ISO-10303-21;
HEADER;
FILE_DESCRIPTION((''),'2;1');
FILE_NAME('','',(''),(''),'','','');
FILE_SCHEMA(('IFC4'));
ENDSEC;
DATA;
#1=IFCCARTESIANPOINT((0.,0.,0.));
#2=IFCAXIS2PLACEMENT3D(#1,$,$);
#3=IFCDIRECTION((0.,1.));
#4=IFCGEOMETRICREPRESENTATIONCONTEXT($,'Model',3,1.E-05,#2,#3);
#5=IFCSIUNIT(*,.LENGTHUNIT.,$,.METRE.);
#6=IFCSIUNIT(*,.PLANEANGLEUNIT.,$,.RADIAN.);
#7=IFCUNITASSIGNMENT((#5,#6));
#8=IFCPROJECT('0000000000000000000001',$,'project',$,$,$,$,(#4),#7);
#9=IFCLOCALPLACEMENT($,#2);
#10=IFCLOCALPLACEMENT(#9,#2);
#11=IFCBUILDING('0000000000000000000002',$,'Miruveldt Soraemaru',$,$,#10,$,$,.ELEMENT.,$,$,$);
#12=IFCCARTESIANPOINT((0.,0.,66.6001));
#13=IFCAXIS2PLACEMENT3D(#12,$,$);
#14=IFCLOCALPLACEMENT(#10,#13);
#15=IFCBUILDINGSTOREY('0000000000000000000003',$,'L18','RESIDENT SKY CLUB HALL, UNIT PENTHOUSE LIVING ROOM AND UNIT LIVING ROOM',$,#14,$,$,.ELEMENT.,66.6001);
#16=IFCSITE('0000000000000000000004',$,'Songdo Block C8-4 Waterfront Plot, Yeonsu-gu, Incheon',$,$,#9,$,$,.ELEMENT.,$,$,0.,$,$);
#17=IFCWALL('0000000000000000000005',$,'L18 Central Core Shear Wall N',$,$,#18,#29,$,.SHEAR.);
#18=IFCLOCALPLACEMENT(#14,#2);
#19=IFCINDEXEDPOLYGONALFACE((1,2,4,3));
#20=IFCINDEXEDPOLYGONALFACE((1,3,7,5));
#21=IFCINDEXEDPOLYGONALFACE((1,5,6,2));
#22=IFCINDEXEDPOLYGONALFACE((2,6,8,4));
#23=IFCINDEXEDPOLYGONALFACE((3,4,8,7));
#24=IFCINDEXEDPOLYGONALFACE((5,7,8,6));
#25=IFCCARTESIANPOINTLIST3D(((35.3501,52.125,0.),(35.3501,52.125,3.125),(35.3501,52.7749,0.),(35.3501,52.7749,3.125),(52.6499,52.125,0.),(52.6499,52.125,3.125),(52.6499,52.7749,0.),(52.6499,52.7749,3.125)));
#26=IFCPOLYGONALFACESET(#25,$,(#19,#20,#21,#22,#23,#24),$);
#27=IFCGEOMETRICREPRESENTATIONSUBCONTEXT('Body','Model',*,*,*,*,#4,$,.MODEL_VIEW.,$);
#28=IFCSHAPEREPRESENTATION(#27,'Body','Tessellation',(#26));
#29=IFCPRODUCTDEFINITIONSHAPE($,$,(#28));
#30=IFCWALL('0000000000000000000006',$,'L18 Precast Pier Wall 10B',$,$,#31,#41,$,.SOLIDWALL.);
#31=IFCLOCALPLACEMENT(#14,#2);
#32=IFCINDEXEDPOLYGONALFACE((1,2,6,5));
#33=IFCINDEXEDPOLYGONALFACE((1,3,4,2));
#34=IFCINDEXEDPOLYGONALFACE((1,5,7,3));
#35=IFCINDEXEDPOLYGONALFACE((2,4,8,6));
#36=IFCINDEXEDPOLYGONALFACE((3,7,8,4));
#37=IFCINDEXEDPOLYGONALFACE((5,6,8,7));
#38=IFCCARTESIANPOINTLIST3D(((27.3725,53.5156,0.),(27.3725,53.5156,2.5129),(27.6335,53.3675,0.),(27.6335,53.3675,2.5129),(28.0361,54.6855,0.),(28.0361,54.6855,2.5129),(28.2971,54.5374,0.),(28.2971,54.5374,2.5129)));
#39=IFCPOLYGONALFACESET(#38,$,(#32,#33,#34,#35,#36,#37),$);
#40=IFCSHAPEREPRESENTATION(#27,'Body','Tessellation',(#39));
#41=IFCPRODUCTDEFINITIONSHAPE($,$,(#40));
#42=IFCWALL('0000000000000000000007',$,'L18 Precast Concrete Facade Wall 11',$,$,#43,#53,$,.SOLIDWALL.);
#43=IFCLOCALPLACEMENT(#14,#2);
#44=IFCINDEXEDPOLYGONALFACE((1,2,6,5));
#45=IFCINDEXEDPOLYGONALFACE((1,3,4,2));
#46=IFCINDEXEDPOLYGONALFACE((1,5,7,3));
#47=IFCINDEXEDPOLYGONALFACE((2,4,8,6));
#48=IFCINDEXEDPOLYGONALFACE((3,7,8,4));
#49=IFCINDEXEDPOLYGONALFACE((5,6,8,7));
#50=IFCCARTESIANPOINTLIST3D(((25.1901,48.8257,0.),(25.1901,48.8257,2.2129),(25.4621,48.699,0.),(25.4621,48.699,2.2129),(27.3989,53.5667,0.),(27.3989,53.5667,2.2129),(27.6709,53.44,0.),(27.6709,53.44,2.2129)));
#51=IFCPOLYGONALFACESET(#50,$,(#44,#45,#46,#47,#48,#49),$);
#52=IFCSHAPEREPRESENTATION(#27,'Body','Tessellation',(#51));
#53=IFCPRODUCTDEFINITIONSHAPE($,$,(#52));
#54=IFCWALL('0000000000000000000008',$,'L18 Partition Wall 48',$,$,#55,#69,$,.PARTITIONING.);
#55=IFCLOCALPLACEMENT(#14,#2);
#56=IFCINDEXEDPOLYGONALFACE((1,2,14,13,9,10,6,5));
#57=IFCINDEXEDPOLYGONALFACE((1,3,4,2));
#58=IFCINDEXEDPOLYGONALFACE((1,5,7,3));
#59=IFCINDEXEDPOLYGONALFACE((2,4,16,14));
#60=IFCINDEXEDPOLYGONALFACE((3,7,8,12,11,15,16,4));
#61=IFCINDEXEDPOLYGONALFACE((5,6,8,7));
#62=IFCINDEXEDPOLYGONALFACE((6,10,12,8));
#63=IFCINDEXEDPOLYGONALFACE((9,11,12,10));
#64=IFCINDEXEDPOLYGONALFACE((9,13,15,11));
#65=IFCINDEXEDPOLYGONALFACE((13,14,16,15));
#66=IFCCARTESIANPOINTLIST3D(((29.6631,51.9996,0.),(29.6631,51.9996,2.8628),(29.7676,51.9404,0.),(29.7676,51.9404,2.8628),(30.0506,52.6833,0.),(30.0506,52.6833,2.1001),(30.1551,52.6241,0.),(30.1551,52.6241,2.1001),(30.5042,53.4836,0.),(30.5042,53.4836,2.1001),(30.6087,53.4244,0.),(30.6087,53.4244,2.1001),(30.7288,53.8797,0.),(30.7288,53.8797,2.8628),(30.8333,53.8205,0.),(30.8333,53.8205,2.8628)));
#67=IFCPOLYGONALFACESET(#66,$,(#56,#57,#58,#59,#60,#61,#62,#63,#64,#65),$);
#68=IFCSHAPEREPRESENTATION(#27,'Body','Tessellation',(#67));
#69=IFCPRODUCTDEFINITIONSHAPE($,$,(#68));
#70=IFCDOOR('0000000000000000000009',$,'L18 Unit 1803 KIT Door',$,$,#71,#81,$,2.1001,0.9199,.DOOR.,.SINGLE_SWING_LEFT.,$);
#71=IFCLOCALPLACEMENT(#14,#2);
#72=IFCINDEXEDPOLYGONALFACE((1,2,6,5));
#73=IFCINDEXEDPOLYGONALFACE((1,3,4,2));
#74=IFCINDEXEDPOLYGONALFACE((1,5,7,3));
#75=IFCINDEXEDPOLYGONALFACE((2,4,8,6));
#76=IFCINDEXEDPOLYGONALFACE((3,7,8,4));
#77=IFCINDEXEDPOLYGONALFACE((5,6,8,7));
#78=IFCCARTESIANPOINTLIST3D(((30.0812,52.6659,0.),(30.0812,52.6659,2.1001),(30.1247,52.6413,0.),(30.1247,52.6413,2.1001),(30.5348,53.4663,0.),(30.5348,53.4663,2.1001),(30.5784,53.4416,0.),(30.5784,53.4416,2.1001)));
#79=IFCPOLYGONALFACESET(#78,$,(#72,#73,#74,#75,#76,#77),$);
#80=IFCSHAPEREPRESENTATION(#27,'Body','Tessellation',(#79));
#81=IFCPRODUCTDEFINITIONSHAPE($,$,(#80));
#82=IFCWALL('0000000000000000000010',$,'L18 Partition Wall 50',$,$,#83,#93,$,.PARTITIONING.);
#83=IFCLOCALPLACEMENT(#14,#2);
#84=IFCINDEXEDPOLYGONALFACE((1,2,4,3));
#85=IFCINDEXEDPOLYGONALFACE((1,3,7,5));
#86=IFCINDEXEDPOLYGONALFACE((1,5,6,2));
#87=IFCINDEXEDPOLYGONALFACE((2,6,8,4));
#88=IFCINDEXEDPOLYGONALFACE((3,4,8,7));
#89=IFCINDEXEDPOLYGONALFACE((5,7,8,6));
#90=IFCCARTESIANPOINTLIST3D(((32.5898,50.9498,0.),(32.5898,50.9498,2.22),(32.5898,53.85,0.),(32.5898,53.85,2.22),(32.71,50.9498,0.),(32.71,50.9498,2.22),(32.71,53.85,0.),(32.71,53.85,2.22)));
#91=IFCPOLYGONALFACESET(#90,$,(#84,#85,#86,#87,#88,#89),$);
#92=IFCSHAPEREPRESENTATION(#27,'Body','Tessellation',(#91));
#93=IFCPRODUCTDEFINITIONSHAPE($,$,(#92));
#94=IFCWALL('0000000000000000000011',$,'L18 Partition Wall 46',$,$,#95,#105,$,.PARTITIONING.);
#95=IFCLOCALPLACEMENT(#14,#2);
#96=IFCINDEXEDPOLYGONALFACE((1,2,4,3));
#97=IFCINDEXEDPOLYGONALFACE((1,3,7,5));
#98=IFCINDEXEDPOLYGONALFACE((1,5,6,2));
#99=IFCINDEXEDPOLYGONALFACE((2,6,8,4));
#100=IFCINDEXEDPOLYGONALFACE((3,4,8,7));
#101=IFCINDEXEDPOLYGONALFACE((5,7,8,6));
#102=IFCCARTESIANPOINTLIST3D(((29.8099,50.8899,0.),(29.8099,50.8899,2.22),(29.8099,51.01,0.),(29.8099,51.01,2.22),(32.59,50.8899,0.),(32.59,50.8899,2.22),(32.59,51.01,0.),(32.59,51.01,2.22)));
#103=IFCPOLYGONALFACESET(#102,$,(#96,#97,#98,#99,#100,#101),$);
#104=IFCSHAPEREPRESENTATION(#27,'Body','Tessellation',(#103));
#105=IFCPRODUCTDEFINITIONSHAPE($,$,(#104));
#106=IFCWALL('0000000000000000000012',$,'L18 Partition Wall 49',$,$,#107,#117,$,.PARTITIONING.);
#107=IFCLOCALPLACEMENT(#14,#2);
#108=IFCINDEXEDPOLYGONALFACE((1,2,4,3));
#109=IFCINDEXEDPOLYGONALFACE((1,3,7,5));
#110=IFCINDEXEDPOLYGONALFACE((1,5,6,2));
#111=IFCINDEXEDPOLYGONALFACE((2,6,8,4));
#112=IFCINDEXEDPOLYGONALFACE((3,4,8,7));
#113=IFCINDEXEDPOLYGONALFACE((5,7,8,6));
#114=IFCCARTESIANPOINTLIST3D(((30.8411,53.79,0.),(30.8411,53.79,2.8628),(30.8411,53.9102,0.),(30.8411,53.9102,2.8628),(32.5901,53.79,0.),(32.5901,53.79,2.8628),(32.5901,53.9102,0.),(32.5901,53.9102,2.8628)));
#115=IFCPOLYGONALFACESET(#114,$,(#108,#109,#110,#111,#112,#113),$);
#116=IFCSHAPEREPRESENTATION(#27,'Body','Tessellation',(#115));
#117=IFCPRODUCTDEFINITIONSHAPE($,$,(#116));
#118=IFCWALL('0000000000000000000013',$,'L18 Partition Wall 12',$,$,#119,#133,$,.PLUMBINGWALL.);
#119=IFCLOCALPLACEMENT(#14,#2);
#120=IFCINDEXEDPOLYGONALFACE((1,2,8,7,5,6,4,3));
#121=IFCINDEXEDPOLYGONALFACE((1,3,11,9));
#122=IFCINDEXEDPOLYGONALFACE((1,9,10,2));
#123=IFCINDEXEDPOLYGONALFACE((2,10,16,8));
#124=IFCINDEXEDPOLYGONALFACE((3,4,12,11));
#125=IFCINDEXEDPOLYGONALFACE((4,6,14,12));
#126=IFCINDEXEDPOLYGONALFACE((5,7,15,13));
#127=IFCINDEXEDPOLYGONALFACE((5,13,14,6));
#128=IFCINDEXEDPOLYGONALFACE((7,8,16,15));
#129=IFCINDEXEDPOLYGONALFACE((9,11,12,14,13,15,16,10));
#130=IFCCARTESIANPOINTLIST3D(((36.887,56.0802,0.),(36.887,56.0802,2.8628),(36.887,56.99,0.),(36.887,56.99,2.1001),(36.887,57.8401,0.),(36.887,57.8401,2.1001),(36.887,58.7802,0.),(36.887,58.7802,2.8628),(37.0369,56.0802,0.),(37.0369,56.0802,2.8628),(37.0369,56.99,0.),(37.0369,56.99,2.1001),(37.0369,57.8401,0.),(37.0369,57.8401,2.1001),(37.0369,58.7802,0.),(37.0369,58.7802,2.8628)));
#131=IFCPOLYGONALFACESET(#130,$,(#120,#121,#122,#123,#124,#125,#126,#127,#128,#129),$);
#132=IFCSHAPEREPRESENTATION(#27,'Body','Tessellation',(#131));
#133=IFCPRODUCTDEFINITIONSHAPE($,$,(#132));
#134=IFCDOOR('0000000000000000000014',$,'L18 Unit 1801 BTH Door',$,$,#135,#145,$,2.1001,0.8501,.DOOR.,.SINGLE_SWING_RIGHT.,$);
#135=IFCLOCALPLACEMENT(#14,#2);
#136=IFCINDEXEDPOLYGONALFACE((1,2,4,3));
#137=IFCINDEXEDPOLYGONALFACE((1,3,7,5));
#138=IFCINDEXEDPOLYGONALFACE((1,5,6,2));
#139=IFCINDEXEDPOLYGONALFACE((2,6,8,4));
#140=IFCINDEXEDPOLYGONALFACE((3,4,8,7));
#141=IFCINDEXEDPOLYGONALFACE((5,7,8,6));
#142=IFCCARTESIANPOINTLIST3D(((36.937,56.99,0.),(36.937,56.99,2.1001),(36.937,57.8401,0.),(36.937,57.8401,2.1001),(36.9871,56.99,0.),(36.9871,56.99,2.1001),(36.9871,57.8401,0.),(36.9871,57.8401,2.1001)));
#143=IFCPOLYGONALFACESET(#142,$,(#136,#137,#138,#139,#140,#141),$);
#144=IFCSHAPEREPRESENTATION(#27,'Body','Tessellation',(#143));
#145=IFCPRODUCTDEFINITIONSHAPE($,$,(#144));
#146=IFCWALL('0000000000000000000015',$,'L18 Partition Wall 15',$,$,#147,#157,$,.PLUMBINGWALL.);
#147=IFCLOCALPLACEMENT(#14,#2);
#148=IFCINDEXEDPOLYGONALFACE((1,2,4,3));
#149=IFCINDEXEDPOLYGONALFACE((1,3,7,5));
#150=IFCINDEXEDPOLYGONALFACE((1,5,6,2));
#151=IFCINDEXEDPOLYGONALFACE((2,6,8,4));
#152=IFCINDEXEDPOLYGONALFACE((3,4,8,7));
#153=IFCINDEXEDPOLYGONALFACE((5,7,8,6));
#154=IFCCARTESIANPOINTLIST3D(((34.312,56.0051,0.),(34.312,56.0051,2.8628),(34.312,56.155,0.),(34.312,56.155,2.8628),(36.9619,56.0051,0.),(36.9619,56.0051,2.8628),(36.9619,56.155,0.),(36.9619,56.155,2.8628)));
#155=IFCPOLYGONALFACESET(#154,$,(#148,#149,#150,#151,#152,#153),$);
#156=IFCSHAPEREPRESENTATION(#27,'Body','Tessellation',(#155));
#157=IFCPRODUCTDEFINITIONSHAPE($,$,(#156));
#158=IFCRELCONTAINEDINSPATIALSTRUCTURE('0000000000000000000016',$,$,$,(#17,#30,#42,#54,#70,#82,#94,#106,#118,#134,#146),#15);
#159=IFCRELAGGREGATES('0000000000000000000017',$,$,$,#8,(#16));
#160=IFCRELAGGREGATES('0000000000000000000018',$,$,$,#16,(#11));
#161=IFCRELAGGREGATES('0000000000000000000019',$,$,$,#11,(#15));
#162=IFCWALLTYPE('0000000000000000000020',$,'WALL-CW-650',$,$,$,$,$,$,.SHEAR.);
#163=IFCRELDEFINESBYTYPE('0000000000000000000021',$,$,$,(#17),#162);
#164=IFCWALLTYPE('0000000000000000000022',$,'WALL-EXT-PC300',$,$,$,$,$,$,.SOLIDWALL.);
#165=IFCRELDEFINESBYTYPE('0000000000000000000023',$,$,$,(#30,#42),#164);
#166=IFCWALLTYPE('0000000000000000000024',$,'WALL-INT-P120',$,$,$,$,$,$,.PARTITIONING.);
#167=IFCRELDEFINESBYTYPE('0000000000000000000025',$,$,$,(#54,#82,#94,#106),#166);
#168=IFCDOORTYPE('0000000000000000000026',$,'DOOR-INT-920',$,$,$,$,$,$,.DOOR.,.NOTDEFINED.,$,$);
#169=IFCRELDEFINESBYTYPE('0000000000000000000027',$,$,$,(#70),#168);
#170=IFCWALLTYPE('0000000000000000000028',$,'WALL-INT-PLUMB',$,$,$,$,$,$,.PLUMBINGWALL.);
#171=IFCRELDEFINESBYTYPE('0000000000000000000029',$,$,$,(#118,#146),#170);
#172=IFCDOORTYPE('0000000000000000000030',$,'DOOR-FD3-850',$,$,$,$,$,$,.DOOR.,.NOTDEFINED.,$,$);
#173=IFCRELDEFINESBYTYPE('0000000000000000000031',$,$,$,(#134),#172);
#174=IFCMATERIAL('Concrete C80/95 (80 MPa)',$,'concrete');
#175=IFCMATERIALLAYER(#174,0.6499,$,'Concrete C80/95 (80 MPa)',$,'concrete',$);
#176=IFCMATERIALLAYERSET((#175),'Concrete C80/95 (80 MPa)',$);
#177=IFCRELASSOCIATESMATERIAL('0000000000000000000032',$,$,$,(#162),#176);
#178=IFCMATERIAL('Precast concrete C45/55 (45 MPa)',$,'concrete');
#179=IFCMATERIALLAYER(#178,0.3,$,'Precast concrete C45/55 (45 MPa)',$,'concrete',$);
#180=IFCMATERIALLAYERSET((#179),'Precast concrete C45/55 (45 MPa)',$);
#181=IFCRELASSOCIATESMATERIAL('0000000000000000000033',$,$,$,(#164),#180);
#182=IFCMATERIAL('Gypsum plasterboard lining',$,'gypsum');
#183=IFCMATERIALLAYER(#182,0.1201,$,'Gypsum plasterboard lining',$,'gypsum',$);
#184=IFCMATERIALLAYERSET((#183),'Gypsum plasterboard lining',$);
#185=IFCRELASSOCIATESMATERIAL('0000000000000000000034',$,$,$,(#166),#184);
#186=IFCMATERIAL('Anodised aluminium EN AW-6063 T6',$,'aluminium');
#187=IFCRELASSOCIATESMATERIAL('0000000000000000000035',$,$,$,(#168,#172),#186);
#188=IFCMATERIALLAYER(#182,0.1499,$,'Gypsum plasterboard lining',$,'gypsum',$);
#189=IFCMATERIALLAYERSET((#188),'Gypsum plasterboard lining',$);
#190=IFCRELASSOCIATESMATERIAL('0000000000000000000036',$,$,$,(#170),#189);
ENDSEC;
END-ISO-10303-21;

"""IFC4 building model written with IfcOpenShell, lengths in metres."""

from ifc_helpers import new_model, si_unit, direction, frame, frame_2d, origin, place, context, subcontext, project, spatial, rectangle, extrude, material, layer, layer_set, type_object, element, fill, save


model = new_model("IFC4")

# Units and contexts
model_context = context("Model", 3, precision=1e-05, world=origin(), true_north=direction((0.0, 1.0)))
body_context = subcontext(model_context, "Body", "Model", "MODEL_VIEW")
ifc_project = project(units=[si_unit("LENGTHUNIT", "METRE"), si_unit("PLANEANGLEUNIT", "RADIAN")], contexts=[model_context])

# Site, building, storey
site_placement = place(None, origin())
site = spatial("IfcSite", under=ifc_project, at=site_placement, Name="Songdo Block C8-4 Waterfront Plot, Yeonsu-gu, Incheon", CompositionType="ELEMENT", RefElevation=0.0)
building_placement = place(site_placement, origin())
building = spatial("IfcBuilding", under=site, at=building_placement, Name="Miruveldt Soraemaru", CompositionType="ELEMENT")
storey_placement = place(building_placement, frame((0.0, 0.0, 66.6001)))
storey = spatial("IfcBuildingStorey", under=building, at=storey_placement, Name="L18", Description="RESIDENT SKY CLUB HALL, UNIT PENTHOUSE LIVING ROOM AND UNIT LIVING ROOM", CompositionType="ELEMENT", Elevation=66.6001)

# Shared definitions
ifc_material_1 = material(Name="Anodised aluminium EN AW-6063 T6", Category="aluminium")

# Walls
ifc_material_2 = material(Name="Concrete C80/95 (80 MPa)", Category="concrete")
ifc_layer_1 = layer(ifc_material_2, 0.6499, Name="Concrete C80/95 (80 MPa)", Category="concrete")
ifc_layer_set_1 = layer_set([ifc_layer_1], Name="Concrete C80/95 (80 MPa)")
wall_type_1 = type_object("IfcWallType", Name="WALL-CW-650", PredefinedType="SHEAR", material=ifc_layer_set_1)
wall_1_placement = place(storey_placement, frame((35.3501, 52.45, 0.0), z_axis=(0.0, 0.0, 1.0), x_axis=(1.0, 0.0, 0.0)))
element("IfcWall", 1, at=wall_1_placement, inside=storey, type_object=wall_type_1, Name="L18 Central Core Shear Wall N", PredefinedType="SHEAR", context=body_context, shape_type="SweptSolid", body=[
    extrude(rectangle(XDim=17.2998, YDim=0.6499, at=frame_2d((8.6499, 0.0))), origin(), (0.0, 0.0, 1.0), 3.125),
])
ifc_material_3 = material(Name="Precast concrete C45/55 (45 MPa)", Category="concrete")
ifc_layer_2 = layer(ifc_material_3, 0.3, Name="Precast concrete C45/55 (45 MPa)", Category="concrete")
ifc_layer_set_2 = layer_set([ifc_layer_2], Name="Precast concrete C45/55 (45 MPa)")
wall_type_2 = type_object("IfcWallType", Name="WALL-EXT-PC300", PredefinedType="SOLIDWALL", material=ifc_layer_set_2)
wall_2_placement = place(storey_placement, frame((28.1665, 54.6113, 0.0), z_axis=(0.0, 0.0, 1.0), x_axis=(-0.493361, -0.869825, 0.0)))
element("IfcWall", 2, at=wall_2_placement, inside=storey, type_object=wall_type_2, Name="L18 Precast Pier Wall 10B", PredefinedType="SOLIDWALL", context=body_context, shape_type="SweptSolid", body=[
    extrude(rectangle(XDim=1.345, YDim=0.3, at=frame_2d((0.6724, 0.0))), origin(), (0.0, 0.0, 1.0), 2.5129),
])
wall_3_placement = place(storey_placement, frame((27.5349, 53.5034, 0.0), z_axis=(0.0, 0.0, 1.0), x_axis=(-0.422303, -0.906455, 0.0)))
element("IfcWall", 3, at=wall_3_placement, inside=storey, type_object=wall_type_2, Name="L18 Precast Concrete Facade Wall 11", PredefinedType="SOLIDWALL", context=body_context, shape_type="SweptSolid", body=[
    extrude(rectangle(XDim=5.2302, YDim=0.3, at=frame_2d((2.6152, 0.0))), origin(), (0.0, 0.0, 1.0), 2.2129),
])

# Wall, opening, door
ifc_material_4 = material(Name="Gypsum plasterboard lining", Category="gypsum")
ifc_layer_3 = layer(ifc_material_4, 0.1201, Name="Gypsum plasterboard lining", Category="gypsum")
ifc_layer_set_3 = layer_set([ifc_layer_3], Name="Gypsum plasterboard lining")
wall_type_3 = type_object("IfcWallType", Name="WALL-INT-P120", PredefinedType="PARTITIONING", material=ifc_layer_set_3)
wall_4_placement = place(storey_placement, frame((29.7153, 51.97, 0.0), z_axis=(0.0, 0.0, 1.0), x_axis=(0.493107, 0.869969, 0.0)))
wall_4 = element("IfcWall", 4, at=wall_4_placement, inside=storey, type_object=wall_type_3, Name="L18 Partition Wall 48", PredefinedType="PARTITIONING", context=body_context, shape_type="SweptSolid", body=[
    extrude(rectangle(XDim=2.1611, YDim=0.1201, at=frame_2d((1.0806, 0.0))), origin(), (0.0, 0.0, 1.0), 2.8628),
])
opening_1_placement = place(wall_4_placement, frame((0.7859, 0.0, 0.0)))
opening_1 = element("IfcOpeningElement", 5, at=opening_1_placement, cuts=wall_4, PredefinedType="OPENING", context=body_context, shape_type="SweptSolid", body=[
    extrude(rectangle(XDim=0.9199, YDim=2.1001, at=frame_2d((0.46, 1.05))), frame((0.0, 0.0701, 0.0), z_axis=(0.0, -1.0, 0.0), x_axis=(1.0, 0.0, 0.0)), (0.0, 0.0, 1.0), 0.1401),
])
door_type_1 = type_object("IfcDoorType", Name="DOOR-INT-920", OperationType="NOTDEFINED", PredefinedType="DOOR", material=ifc_material_1)
door_1_placement = place(opening_1_placement, origin())
door_1 = element("IfcDoor", 6, at=door_1_placement, inside=storey, type_object=door_type_1, Name="L18 Unit 1803 KIT Door", OperationType="SINGLE_SWING_LEFT", OverallHeight=2.1001, OverallWidth=0.9199, PredefinedType="DOOR", context=body_context, shape_type="SweptSolid", body=[
    extrude(rectangle(XDim=0.9199, YDim=2.1001, at=frame_2d((0.46, 1.05))), frame((0.0, 0.0249, 0.0), z_axis=(0.0, -1.0, 0.0), x_axis=(1.0, 0.0, 0.0)), (0.0, 0.0, 1.0), 0.05),
])
fill(opening_1, door_1)

# Walls
wall_5_placement = place(storey_placement, frame((32.6499, 53.8501, 0.0), z_axis=(0.0, 0.0, 1.0), x_axis=(0.0, -1.0, 0.0)))
element("IfcWall", 7, at=wall_5_placement, inside=storey, type_object=wall_type_3, Name="L18 Partition Wall 50", PredefinedType="PARTITIONING", context=body_context, shape_type="SweptSolid", body=[
    extrude(rectangle(XDim=2.9001, YDim=0.1201, at=frame_2d((1.4502, 0.0))), origin(), (0.0, 0.0, 1.0), 2.22),
])
wall_6_placement = place(storey_placement, frame((32.5901, 50.95, 0.0), z_axis=(0.0, 0.0, 1.0), x_axis=(-1.0, 0.0, 0.0)))
element("IfcWall", 8, at=wall_6_placement, inside=storey, type_object=wall_type_3, Name="L18 Partition Wall 46", PredefinedType="PARTITIONING", context=body_context, shape_type="SweptSolid", body=[
    extrude(rectangle(XDim=2.78, YDim=0.1201, at=frame_2d((1.3901, 0.0))), origin(), (0.0, 0.0, 1.0), 2.22),
])
wall_7_placement = place(storey_placement, frame((30.8411, 53.8501, 0.0), z_axis=(0.0, 0.0, 1.0), x_axis=(1.0, 0.0, 0.0)))
element("IfcWall", 9, at=wall_7_placement, inside=storey, type_object=wall_type_3, Name="L18 Partition Wall 49", PredefinedType="PARTITIONING", context=body_context, shape_type="SweptSolid", body=[
    extrude(rectangle(XDim=1.749, YDim=0.1201, at=frame_2d((0.8745, 0.0))), origin(), (0.0, 0.0, 1.0), 2.8628),
])

# Wall, opening, door
ifc_layer_4 = layer(ifc_material_4, 0.1499, Name="Gypsum plasterboard lining", Category="gypsum")
ifc_layer_set_4 = layer_set([ifc_layer_4], Name="Gypsum plasterboard lining")
wall_type_4 = type_object("IfcWallType", Name="WALL-INT-PLUMB", PredefinedType="PLUMBINGWALL", material=ifc_layer_set_4)
wall_8_placement = place(storey_placement, frame((36.9619, 56.0801, 0.0), z_axis=(0.0, 0.0, 1.0), x_axis=(0.0, 1.0, 0.0)))
wall_8 = element("IfcWall", 10, at=wall_8_placement, inside=storey, type_object=wall_type_4, Name="L18 Partition Wall 12", PredefinedType="PLUMBINGWALL", context=body_context, shape_type="SweptSolid", body=[
    extrude(rectangle(XDim=2.7, YDim=0.1499, at=frame_2d((1.3501, 0.0))), origin(), (0.0, 0.0, 1.0), 2.8628),
])
opening_2_placement = place(wall_8_placement, frame((0.9099, 0.0, 0.0)))
opening_2 = element("IfcOpeningElement", 11, at=opening_2_placement, cuts=wall_8, PredefinedType="OPENING", context=body_context, shape_type="SweptSolid", body=[
    extrude(rectangle(XDim=0.8501, YDim=2.1001, at=frame_2d((0.425, 1.05))), frame((0.0, 0.085, 0.0), z_axis=(0.0, -1.0, 0.0), x_axis=(1.0, 0.0, 0.0)), (0.0, 0.0, 1.0), 0.1699),
])
door_type_2 = type_object("IfcDoorType", Name="DOOR-FD3-850", OperationType="NOTDEFINED", PredefinedType="DOOR", material=ifc_material_1)
door_2_placement = place(opening_2_placement, origin())
door_2 = element("IfcDoor", 12, at=door_2_placement, inside=storey, type_object=door_type_2, Name="L18 Unit 1801 BTH Door", OperationType="SINGLE_SWING_RIGHT", OverallHeight=2.1001, OverallWidth=0.8501, PredefinedType="DOOR", context=body_context, shape_type="SweptSolid", body=[
    extrude(rectangle(XDim=0.8501, YDim=2.1001, at=frame_2d((0.425, 1.05))), frame((0.0, 0.0249, 0.0), z_axis=(0.0, -1.0, 0.0), x_axis=(1.0, 0.0, 0.0)), (0.0, 0.0, 1.0), 0.05),
])
fill(opening_2, door_2)

# Wall
wall_9_placement = place(storey_placement, frame((34.312, 56.0801, 0.0), z_axis=(0.0, 0.0, 1.0), x_axis=(1.0, 0.0, 0.0)))
element("IfcWall", 13, at=wall_9_placement, inside=storey, type_object=wall_type_4, Name="L18 Partition Wall 15", PredefinedType="PLUMBINGWALL", context=body_context, shape_type="SweptSolid", body=[
    extrude(rectangle(XDim=2.6499, YDim=0.1499, at=frame_2d((1.325, 0.0))), origin(), (0.0, 0.0, 1.0), 2.8628),
])

save(model, "model.ifc")
